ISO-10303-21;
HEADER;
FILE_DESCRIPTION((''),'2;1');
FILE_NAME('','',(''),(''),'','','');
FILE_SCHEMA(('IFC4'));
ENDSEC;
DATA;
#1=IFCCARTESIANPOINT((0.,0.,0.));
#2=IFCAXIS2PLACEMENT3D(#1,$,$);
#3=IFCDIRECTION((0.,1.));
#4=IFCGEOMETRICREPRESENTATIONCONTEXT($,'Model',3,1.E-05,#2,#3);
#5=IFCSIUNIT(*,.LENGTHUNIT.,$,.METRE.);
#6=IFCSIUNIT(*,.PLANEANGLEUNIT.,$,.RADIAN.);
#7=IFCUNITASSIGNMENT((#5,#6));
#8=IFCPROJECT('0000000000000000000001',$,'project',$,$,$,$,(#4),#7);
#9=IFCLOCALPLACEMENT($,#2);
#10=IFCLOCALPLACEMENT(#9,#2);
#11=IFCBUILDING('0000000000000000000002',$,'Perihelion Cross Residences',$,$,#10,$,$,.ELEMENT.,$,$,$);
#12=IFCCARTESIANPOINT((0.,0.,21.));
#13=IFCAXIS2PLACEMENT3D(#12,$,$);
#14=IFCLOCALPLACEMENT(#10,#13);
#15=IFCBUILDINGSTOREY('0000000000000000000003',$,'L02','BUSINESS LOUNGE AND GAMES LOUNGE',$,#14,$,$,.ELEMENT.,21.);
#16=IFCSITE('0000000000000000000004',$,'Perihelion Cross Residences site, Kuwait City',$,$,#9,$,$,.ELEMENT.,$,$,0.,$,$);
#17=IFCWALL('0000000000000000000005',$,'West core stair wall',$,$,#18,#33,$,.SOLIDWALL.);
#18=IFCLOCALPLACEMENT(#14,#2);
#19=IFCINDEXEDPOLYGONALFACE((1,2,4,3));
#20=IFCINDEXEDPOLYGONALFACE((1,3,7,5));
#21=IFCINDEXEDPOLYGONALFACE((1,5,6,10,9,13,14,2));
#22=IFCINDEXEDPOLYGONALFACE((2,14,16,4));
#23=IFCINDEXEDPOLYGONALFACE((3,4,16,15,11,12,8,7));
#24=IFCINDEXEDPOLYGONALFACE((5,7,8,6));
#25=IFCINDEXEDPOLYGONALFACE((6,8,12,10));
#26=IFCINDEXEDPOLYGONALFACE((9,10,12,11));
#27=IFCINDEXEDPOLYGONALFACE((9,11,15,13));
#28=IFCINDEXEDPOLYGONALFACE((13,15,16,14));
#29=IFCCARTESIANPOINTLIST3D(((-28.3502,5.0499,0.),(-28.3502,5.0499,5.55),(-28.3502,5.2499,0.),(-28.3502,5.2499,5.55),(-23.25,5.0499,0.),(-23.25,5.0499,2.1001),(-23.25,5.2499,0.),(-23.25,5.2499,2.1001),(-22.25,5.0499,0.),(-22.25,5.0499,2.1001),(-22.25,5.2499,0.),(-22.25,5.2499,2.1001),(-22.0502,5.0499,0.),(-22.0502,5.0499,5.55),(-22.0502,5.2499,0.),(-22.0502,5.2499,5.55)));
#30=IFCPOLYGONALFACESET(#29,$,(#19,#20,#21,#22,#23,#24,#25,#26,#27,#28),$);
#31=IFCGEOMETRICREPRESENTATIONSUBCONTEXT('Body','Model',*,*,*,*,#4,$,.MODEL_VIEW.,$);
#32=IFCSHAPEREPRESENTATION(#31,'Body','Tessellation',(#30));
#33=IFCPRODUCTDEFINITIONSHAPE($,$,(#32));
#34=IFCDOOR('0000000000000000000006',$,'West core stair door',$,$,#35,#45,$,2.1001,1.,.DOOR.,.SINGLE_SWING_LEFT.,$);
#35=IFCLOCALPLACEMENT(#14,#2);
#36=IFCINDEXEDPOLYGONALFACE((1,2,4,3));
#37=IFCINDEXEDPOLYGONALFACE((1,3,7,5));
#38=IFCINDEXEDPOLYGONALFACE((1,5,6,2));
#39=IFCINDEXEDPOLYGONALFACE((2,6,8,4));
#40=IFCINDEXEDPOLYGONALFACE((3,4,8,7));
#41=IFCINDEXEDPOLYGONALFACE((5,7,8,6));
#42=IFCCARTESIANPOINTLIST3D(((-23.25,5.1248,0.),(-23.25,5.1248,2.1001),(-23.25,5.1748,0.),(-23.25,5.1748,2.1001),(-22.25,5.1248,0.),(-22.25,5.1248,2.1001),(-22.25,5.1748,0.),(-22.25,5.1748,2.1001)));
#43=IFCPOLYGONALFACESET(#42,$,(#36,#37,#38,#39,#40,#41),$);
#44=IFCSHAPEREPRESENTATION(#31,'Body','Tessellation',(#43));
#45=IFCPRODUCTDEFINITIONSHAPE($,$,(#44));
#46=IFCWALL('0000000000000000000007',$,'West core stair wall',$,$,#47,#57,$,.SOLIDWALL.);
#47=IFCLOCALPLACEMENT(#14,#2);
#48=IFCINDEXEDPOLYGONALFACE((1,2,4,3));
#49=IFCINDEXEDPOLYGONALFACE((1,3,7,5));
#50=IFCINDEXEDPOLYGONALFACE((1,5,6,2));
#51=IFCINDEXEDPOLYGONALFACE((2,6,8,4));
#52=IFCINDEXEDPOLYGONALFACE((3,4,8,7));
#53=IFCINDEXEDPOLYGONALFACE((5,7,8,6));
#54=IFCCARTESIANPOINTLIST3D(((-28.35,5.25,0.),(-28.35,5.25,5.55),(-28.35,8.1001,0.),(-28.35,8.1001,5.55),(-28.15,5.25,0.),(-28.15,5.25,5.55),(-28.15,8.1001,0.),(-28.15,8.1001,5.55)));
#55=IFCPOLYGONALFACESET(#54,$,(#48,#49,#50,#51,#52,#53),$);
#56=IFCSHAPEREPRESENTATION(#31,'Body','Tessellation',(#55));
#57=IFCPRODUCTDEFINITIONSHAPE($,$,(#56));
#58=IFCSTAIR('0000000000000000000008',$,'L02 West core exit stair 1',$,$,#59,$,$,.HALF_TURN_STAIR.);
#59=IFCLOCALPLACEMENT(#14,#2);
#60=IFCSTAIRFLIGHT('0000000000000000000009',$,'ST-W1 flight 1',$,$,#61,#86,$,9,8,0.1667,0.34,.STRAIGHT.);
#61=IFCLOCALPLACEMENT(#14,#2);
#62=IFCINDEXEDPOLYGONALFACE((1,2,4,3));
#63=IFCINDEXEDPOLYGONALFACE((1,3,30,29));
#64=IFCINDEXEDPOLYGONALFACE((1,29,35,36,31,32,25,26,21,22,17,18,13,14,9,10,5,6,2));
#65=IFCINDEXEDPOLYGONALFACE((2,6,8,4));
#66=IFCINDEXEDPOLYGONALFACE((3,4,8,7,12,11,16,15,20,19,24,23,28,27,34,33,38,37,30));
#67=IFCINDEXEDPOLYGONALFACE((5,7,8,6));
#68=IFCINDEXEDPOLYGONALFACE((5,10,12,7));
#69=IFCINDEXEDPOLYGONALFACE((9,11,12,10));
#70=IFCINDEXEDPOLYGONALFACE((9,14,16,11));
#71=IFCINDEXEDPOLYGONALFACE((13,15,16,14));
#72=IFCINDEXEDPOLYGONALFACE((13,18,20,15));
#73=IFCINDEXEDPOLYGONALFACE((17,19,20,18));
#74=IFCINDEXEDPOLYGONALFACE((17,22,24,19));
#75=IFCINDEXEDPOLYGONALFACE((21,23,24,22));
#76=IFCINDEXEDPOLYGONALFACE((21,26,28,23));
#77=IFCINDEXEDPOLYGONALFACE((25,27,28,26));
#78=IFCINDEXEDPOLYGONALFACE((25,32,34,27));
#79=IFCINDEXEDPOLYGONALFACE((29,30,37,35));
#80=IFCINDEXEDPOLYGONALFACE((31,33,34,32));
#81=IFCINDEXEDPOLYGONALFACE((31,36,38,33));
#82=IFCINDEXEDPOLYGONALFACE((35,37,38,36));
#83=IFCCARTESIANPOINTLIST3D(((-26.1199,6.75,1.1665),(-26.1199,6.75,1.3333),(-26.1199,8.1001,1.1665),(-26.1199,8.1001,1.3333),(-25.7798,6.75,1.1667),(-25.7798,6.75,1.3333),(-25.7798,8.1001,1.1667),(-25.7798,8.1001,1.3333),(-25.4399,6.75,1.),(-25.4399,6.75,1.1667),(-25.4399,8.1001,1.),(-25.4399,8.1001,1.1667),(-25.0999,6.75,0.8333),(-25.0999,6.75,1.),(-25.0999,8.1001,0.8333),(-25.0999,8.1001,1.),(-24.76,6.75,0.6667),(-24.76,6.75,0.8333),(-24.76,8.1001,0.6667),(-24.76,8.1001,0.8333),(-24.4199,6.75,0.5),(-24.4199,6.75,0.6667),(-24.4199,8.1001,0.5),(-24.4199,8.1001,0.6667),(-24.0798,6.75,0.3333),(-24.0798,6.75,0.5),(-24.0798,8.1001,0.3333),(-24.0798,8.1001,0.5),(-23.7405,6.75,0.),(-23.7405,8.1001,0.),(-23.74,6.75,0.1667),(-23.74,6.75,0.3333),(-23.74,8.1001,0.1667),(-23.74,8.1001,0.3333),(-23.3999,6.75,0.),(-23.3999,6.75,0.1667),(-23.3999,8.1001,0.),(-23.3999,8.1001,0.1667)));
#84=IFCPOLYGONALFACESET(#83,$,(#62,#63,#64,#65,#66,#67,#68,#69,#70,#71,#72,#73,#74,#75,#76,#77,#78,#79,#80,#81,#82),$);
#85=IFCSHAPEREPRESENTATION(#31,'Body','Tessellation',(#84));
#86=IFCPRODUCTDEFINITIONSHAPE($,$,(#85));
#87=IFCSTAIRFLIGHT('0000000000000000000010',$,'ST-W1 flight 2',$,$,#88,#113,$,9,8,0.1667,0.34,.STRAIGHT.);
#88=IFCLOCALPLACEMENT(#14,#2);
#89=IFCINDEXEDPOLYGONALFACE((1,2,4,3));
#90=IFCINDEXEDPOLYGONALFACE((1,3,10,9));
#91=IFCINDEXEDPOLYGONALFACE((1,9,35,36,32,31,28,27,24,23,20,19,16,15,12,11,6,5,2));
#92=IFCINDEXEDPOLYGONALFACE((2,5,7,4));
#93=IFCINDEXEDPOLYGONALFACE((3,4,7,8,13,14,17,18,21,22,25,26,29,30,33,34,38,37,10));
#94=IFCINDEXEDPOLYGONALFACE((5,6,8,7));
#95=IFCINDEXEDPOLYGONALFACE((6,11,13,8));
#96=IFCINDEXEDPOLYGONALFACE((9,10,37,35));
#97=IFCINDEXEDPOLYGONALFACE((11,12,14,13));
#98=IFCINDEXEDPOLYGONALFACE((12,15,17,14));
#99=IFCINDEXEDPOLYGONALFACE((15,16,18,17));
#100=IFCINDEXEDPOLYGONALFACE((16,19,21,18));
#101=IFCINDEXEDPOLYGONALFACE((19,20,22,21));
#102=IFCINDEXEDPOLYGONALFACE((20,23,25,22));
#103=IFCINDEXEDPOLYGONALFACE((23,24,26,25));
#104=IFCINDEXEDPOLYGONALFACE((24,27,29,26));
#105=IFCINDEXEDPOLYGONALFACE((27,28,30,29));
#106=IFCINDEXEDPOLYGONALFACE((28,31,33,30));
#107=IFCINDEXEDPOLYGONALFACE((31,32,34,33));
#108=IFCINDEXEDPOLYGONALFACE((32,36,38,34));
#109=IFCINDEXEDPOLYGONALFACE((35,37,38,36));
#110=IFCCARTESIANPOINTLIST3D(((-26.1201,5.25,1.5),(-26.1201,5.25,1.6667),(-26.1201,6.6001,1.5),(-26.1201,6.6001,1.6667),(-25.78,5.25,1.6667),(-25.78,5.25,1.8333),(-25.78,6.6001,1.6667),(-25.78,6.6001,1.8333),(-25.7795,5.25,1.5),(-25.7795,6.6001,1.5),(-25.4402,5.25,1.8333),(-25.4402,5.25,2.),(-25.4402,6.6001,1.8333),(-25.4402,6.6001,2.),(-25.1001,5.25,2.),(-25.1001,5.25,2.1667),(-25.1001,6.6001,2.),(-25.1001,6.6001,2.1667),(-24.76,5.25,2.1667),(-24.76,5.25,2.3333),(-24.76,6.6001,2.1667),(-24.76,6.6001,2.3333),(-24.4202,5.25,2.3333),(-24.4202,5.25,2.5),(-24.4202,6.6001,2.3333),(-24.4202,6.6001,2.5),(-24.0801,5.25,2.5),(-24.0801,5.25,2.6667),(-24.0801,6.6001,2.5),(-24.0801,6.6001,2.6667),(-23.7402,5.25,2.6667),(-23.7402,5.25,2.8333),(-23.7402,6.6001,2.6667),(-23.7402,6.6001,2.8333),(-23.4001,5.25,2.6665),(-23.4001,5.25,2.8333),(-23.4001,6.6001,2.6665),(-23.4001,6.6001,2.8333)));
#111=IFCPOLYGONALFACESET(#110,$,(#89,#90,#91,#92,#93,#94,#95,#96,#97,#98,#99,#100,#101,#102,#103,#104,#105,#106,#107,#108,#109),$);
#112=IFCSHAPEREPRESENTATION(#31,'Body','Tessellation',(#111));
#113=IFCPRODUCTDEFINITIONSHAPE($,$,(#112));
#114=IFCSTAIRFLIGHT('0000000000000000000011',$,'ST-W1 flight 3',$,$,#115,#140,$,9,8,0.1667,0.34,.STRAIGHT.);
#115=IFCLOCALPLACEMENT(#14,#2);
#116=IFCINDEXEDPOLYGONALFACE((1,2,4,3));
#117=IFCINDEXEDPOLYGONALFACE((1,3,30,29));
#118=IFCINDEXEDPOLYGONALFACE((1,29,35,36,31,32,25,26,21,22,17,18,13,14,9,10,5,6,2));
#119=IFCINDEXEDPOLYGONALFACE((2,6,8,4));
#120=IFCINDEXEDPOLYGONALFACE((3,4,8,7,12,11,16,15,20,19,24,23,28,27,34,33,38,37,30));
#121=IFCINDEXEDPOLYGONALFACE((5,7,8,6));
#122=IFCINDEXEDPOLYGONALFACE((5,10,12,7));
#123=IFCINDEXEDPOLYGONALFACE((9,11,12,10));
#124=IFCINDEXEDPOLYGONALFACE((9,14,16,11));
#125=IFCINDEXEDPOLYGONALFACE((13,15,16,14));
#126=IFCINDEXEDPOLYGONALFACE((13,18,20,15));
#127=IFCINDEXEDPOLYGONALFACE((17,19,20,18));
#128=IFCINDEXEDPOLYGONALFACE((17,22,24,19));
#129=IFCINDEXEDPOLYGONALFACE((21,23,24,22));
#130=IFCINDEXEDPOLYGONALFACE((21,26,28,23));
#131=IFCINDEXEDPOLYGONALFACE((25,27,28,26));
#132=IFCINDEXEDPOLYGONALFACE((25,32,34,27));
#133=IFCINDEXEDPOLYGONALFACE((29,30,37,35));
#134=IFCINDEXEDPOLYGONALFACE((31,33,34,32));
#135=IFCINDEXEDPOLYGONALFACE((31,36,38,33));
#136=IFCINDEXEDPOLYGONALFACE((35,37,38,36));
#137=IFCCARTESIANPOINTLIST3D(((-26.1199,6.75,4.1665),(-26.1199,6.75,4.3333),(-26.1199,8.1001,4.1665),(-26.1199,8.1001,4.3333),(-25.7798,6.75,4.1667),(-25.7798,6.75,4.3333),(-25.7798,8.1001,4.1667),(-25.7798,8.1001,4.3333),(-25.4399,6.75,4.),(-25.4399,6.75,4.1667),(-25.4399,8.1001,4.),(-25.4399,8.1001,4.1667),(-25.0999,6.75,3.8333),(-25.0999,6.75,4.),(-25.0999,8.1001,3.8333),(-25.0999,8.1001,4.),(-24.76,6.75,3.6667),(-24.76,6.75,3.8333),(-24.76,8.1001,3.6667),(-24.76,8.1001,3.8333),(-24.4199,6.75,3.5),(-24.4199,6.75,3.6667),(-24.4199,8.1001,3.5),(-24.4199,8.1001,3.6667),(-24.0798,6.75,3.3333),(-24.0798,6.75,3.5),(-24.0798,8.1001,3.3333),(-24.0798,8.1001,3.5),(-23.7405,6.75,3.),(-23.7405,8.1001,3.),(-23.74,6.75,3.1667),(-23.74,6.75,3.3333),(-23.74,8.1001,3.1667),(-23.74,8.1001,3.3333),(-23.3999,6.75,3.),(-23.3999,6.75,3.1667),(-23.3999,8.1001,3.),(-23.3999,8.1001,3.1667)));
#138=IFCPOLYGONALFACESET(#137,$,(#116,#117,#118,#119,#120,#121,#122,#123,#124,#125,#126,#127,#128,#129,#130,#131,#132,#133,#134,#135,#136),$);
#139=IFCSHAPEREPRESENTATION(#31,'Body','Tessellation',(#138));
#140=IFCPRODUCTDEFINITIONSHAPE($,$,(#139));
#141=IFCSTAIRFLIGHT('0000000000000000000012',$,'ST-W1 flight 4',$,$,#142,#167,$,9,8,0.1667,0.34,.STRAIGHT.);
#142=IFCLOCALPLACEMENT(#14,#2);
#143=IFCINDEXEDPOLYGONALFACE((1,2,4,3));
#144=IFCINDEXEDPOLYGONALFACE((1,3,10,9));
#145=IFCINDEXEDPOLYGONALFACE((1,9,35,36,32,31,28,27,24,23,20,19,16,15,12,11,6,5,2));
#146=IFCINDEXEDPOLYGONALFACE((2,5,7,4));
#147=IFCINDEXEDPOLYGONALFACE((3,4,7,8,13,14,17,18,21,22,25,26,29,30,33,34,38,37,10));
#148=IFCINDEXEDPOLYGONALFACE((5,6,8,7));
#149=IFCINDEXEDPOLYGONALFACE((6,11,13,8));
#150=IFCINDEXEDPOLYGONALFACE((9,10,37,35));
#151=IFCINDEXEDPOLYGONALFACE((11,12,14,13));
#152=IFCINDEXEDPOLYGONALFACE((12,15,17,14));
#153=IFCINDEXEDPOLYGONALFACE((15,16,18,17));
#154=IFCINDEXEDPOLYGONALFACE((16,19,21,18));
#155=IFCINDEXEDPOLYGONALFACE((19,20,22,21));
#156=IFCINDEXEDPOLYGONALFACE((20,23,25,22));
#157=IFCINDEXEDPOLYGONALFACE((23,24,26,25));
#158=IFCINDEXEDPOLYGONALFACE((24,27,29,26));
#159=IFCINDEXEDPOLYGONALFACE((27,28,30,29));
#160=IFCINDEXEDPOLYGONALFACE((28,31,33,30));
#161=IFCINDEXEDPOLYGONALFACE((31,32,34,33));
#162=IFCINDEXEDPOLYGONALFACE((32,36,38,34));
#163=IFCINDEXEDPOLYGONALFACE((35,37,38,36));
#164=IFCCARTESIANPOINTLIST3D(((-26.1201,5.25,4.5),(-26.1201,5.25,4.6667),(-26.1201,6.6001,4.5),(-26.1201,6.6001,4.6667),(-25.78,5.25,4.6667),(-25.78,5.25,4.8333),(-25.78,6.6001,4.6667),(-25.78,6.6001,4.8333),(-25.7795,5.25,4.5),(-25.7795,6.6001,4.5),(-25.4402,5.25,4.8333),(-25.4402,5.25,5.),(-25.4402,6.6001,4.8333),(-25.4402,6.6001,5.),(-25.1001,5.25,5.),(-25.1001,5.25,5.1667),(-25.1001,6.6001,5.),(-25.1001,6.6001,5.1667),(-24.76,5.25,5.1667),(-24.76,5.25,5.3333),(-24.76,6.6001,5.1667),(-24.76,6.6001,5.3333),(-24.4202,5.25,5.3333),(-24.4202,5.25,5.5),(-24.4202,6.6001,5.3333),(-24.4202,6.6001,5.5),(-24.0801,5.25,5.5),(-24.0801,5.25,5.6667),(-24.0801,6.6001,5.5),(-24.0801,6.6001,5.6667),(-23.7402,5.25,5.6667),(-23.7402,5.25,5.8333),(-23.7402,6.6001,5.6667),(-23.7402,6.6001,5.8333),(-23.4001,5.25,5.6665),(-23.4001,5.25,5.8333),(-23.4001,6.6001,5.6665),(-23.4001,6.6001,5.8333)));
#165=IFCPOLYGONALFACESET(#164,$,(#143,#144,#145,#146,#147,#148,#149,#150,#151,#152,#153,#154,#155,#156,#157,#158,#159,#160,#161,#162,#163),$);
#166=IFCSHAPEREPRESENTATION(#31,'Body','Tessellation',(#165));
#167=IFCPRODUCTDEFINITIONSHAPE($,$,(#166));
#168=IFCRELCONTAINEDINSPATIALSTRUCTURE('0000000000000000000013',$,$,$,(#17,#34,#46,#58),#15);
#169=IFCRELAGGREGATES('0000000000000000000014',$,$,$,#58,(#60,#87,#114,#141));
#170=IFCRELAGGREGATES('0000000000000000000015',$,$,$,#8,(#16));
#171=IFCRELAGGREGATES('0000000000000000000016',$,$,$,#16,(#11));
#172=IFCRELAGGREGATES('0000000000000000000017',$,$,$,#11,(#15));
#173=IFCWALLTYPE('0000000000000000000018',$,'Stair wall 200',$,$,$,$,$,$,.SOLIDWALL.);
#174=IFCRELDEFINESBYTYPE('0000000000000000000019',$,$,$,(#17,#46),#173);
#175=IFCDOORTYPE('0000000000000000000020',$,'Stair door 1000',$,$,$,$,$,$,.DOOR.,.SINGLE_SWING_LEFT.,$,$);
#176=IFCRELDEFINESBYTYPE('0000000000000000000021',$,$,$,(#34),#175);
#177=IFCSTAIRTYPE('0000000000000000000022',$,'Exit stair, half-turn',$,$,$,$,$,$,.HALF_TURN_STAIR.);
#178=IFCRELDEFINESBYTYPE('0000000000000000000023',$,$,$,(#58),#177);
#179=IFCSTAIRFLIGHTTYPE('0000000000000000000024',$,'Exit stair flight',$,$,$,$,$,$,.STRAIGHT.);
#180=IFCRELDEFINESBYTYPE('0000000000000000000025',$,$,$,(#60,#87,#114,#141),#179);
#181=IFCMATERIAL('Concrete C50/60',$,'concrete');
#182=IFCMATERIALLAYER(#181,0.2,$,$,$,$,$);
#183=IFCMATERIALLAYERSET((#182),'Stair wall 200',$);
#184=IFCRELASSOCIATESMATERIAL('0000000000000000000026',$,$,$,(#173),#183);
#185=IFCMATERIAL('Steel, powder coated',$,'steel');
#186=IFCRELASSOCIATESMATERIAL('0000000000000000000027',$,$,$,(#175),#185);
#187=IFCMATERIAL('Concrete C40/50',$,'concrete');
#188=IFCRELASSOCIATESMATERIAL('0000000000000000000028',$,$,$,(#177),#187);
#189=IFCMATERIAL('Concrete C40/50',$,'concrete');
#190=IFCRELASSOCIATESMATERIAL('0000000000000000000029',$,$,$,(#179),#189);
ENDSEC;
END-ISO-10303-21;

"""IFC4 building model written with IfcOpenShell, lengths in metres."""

from ifc_helpers import new_model, si_unit, direction, frame, frame_2d, origin, place, context, subcontext, project, spatial, polyline, rectangle, outline, extrude, material, layer, layer_set, type_object, element, fill, aggregate, save


model = new_model("IFC4")

# Units and contexts
model_context = context("Model", 3, precision=1e-05, world=origin(), true_north=direction((0.0, 1.0)))
body_context = subcontext(model_context, "Body", "Model", "MODEL_VIEW")
ifc_project = project(units=[si_unit("LENGTHUNIT", "METRE"), si_unit("PLANEANGLEUNIT", "RADIAN")], contexts=[model_context])

# Site, building, storey
site_placement = place(None, origin())
site = spatial("IfcSite", under=ifc_project, at=site_placement, Name="Perihelion Cross Residences site, Kuwait City", CompositionType="ELEMENT", RefElevation=0.0)
building_placement = place(site_placement, origin())
building = spatial("IfcBuilding", under=site, at=building_placement, Name="Perihelion Cross Residences", CompositionType="ELEMENT")
storey_placement = place(building_placement, frame((0.0, 0.0, 21.0)))
storey = spatial("IfcBuildingStorey", under=building, at=storey_placement, Name="L02", Description="BUSINESS LOUNGE AND GAMES LOUNGE", CompositionType="ELEMENT", Elevation=21.0)

# Wall, opening, door
ifc_material_1 = material(Name="Concrete C50/60", Category="concrete")
ifc_layer_1 = layer(ifc_material_1, 0.2)
ifc_layer_set_1 = layer_set([ifc_layer_1], Name="Stair wall 200")
wall_type_1 = type_object("IfcWallType", Name="Stair wall 200", PredefinedType="SOLIDWALL", material=ifc_layer_set_1)
wall_1_placement = place(storey_placement, frame((-28.3501, 5.1499, 0.0), z_axis=(0.0, 0.0, 1.0), x_axis=(1.0, 0.0, 0.0)))
wall_1 = element("IfcWall", 1, at=wall_1_placement, inside=storey, type_object=wall_type_1, Name="West core stair wall", PredefinedType="SOLIDWALL", context=body_context, shape_type="SweptSolid", body=[
    extrude(rectangle(XDim=6.3, YDim=0.2, at=frame_2d((3.1499, 0.0))), origin(), (0.0, 0.0, 1.0), 5.55),
])
opening_1_placement = place(wall_1_placement, frame((5.1001, 0.0, 0.0)))
opening_1 = element("IfcOpeningElement", 2, at=opening_1_placement, cuts=wall_1, PredefinedType="OPENING", context=body_context, shape_type="SweptSolid", body=[
    extrude(rectangle(XDim=1.0, YDim=2.1001, at=frame_2d((0.5, 1.05))), frame((0.0, 0.1099, 0.0), z_axis=(0.0, -1.0, 0.0), x_axis=(1.0, 0.0, 0.0)), (0.0, 0.0, 1.0), 0.22),
])
ifc_material_2 = material(Name="Steel, powder coated", Category="steel")
door_type_1 = type_object("IfcDoorType", Name="Stair door 1000", OperationType="SINGLE_SWING_LEFT", PredefinedType="DOOR", material=ifc_material_2)
door_1_placement = place(opening_1_placement, origin())
door_1 = element("IfcDoor", 3, at=door_1_placement, inside=storey, type_object=door_type_1, Name="West core stair door", OperationType="SINGLE_SWING_LEFT", OverallHeight=2.1001, OverallWidth=1.0, PredefinedType="DOOR", context=body_context, shape_type="SweptSolid", body=[
    extrude(rectangle(XDim=1.0, YDim=2.1001, at=frame_2d((0.5, 1.05))), frame((0.0, 0.0249, 0.0), z_axis=(0.0, -1.0, 0.0), x_axis=(1.0, 0.0, 0.0)), (0.0, 0.0, 1.0), 0.05),
])
fill(opening_1, door_1)

# Wall
wall_2_placement = place(storey_placement, frame((-28.25, 5.25, 0.0), z_axis=(0.0, 0.0, 1.0), x_axis=(0.0, 1.0, 0.0)))
element("IfcWall", 4, at=wall_2_placement, inside=storey, type_object=wall_type_1, Name="West core stair wall", PredefinedType="SOLIDWALL", context=body_context, shape_type="SweptSolid", body=[
    extrude(rectangle(XDim=2.8501, YDim=0.2, at=frame_2d((1.425, 0.0))), origin(), (0.0, 0.0, 1.0), 5.55),
])

# Stair, stair flights
ifc_material_3 = material(Name="Concrete C40/50", Category="concrete")
stair_type = type_object("IfcStairType", Name="Exit stair, half-turn", PredefinedType="HALF_TURN_STAIR", material=ifc_material_3)
stair_placement = place(storey_placement, origin())
stair = element("IfcStair", 5, at=stair_placement, inside=storey, type_object=stair_type, Name="L02 West core exit stair 1", PredefinedType="HALF_TURN_STAIR")
ifc_material_4 = material(Name="Concrete C40/50", Category="concrete")
stair_flight_type = type_object("IfcStairFlightType", Name="Exit stair flight", PredefinedType="STRAIGHT", material=ifc_material_4)
stair_flight_1_placement = place(storey_placement, frame((-23.3999, 7.425, 0.0), z_axis=(0.0, 0.0, 1.0), x_axis=(-1.0, 0.0, 0.0)))
stair_flight_1 = element("IfcStairFlight", 6, at=stair_flight_1_placement, type_object=stair_flight_type, Name="ST-W1 flight 1", NumberOfRisers=9, NumberOfTreads=8, PredefinedType="STRAIGHT", RiserHeight=0.1667, TreadLength=0.34, context=body_context, shape_type="SweptSolid", body=[
    extrude(outline(polyline([(0.0, 0.0), (0.0, 0.1667), (0.3401, 0.1667), (0.3401, 0.3333), (0.6799, 0.3333), (0.6799, 0.5), (1.02, 0.5), (1.02, 0.6667), (1.3601, 0.6667), (1.3601, 0.8333), (1.7, 0.8333), (1.7, 1.0), (2.04, 1.0), (2.04, 1.1667), (2.3799, 1.1667), (2.3799, 1.3333), (2.72, 1.3333), (2.72, 1.5), (2.72, 1.1665), (0.3406, 0.0), (0.0, 0.0)])), frame((0.0, 0.675, 0.0), z_axis=(0.0, -1.0, 0.0), x_axis=(1.0, 0.0, 0.0)), (0.0, 0.0, 1.0), 1.3501),
])
stair_flight_2_placement = place(storey_placement, frame((-26.1201, 5.925, 1.5), z_axis=(0.0, 0.0, 1.0), x_axis=(1.0, 0.0, 0.0)))
stair_flight_2 = element("IfcStairFlight", 7, at=stair_flight_2_placement, type_object=stair_flight_type, Name="ST-W1 flight 2", NumberOfRisers=9, NumberOfTreads=8, PredefinedType="STRAIGHT", RiserHeight=0.1667, TreadLength=0.34, context=body_context, shape_type="SweptSolid", body=[
    extrude(outline(polyline([(0.0, 0.0), (0.0, 0.1667), (0.3401, 0.1667), (0.3401, 0.3333), (0.6799, 0.3333), (0.6799, 0.5), (1.02, 0.5), (1.02, 0.6667), (1.3601, 0.6667), (1.3601, 0.8333), (1.7, 0.8333), (1.7, 1.0), (2.04, 1.0), (2.04, 1.1667), (2.3799, 1.1667), (2.3799, 1.3333), (2.72, 1.3333), (2.72, 1.5), (2.72, 1.1665), (0.3406, 0.0), (0.0, 0.0)])), frame((0.0, 0.675, 0.0), z_axis=(0.0, -1.0, 0.0), x_axis=(1.0, 0.0, 0.0)), (0.0, 0.0, 1.0), 1.3501),
])
stair_flight_3_placement = place(storey_placement, frame((-23.3999, 7.425, 3.0), z_axis=(0.0, 0.0, 1.0), x_axis=(-1.0, 0.0, 0.0)))
stair_flight_3 = element("IfcStairFlight", 8, at=stair_flight_3_placement, type_object=stair_flight_type, Name="ST-W1 flight 3", NumberOfRisers=9, NumberOfTreads=8, PredefinedType="STRAIGHT", RiserHeight=0.1667, TreadLength=0.34, context=body_context, shape_type="SweptSolid", body=[
    extrude(outline(polyline([(0.0, 0.0), (0.0, 0.1667), (0.3401, 0.1667), (0.3401, 0.3333), (0.6799, 0.3333), (0.6799, 0.5), (1.02, 0.5), (1.02, 0.6667), (1.3601, 0.6667), (1.3601, 0.8333), (1.7, 0.8333), (1.7, 1.0), (2.04, 1.0), (2.04, 1.1667), (2.3799, 1.1667), (2.3799, 1.3333), (2.72, 1.3333), (2.72, 1.5), (2.72, 1.1665), (0.3406, 0.0), (0.0, 0.0)])), frame((0.0, 0.675, 0.0), z_axis=(0.0, -1.0, 0.0), x_axis=(1.0, 0.0, 0.0)), (0.0, 0.0, 1.0), 1.3501),
])
stair_flight_4_placement = place(storey_placement, frame((-26.1201, 5.925, 4.5), z_axis=(0.0, 0.0, 1.0), x_axis=(1.0, 0.0, 0.0)))
stair_flight_4 = element("IfcStairFlight", 9, at=stair_flight_4_placement, type_object=stair_flight_type, Name="ST-W1 flight 4", NumberOfRisers=9, NumberOfTreads=8, PredefinedType="STRAIGHT", RiserHeight=0.1667, TreadLength=0.34, context=body_context, shape_type="SweptSolid", body=[
    extrude(outline(polyline([(0.0, 0.0), (0.0, 0.1667), (0.3401, 0.1667), (0.3401, 0.3333), (0.6799, 0.3333), (0.6799, 0.5), (1.02, 0.5), (1.02, 0.6667), (1.3601, 0.6667), (1.3601, 0.8333), (1.7, 0.8333), (1.7, 1.0), (2.04, 1.0), (2.04, 1.1667), (2.3799, 1.1667), (2.3799, 1.3333), (2.72, 1.3333), (2.72, 1.5), (2.72, 1.1665), (0.3406, 0.0), (0.0, 0.0)])), frame((0.0, 0.675, 0.0), z_axis=(0.0, -1.0, 0.0), x_axis=(1.0, 0.0, 0.0)), (0.0, 0.0, 1.0), 1.3501),
])
aggregate(stair, [stair_flight_1, stair_flight_2, stair_flight_3, stair_flight_4])

save(model, "model.ifc")
